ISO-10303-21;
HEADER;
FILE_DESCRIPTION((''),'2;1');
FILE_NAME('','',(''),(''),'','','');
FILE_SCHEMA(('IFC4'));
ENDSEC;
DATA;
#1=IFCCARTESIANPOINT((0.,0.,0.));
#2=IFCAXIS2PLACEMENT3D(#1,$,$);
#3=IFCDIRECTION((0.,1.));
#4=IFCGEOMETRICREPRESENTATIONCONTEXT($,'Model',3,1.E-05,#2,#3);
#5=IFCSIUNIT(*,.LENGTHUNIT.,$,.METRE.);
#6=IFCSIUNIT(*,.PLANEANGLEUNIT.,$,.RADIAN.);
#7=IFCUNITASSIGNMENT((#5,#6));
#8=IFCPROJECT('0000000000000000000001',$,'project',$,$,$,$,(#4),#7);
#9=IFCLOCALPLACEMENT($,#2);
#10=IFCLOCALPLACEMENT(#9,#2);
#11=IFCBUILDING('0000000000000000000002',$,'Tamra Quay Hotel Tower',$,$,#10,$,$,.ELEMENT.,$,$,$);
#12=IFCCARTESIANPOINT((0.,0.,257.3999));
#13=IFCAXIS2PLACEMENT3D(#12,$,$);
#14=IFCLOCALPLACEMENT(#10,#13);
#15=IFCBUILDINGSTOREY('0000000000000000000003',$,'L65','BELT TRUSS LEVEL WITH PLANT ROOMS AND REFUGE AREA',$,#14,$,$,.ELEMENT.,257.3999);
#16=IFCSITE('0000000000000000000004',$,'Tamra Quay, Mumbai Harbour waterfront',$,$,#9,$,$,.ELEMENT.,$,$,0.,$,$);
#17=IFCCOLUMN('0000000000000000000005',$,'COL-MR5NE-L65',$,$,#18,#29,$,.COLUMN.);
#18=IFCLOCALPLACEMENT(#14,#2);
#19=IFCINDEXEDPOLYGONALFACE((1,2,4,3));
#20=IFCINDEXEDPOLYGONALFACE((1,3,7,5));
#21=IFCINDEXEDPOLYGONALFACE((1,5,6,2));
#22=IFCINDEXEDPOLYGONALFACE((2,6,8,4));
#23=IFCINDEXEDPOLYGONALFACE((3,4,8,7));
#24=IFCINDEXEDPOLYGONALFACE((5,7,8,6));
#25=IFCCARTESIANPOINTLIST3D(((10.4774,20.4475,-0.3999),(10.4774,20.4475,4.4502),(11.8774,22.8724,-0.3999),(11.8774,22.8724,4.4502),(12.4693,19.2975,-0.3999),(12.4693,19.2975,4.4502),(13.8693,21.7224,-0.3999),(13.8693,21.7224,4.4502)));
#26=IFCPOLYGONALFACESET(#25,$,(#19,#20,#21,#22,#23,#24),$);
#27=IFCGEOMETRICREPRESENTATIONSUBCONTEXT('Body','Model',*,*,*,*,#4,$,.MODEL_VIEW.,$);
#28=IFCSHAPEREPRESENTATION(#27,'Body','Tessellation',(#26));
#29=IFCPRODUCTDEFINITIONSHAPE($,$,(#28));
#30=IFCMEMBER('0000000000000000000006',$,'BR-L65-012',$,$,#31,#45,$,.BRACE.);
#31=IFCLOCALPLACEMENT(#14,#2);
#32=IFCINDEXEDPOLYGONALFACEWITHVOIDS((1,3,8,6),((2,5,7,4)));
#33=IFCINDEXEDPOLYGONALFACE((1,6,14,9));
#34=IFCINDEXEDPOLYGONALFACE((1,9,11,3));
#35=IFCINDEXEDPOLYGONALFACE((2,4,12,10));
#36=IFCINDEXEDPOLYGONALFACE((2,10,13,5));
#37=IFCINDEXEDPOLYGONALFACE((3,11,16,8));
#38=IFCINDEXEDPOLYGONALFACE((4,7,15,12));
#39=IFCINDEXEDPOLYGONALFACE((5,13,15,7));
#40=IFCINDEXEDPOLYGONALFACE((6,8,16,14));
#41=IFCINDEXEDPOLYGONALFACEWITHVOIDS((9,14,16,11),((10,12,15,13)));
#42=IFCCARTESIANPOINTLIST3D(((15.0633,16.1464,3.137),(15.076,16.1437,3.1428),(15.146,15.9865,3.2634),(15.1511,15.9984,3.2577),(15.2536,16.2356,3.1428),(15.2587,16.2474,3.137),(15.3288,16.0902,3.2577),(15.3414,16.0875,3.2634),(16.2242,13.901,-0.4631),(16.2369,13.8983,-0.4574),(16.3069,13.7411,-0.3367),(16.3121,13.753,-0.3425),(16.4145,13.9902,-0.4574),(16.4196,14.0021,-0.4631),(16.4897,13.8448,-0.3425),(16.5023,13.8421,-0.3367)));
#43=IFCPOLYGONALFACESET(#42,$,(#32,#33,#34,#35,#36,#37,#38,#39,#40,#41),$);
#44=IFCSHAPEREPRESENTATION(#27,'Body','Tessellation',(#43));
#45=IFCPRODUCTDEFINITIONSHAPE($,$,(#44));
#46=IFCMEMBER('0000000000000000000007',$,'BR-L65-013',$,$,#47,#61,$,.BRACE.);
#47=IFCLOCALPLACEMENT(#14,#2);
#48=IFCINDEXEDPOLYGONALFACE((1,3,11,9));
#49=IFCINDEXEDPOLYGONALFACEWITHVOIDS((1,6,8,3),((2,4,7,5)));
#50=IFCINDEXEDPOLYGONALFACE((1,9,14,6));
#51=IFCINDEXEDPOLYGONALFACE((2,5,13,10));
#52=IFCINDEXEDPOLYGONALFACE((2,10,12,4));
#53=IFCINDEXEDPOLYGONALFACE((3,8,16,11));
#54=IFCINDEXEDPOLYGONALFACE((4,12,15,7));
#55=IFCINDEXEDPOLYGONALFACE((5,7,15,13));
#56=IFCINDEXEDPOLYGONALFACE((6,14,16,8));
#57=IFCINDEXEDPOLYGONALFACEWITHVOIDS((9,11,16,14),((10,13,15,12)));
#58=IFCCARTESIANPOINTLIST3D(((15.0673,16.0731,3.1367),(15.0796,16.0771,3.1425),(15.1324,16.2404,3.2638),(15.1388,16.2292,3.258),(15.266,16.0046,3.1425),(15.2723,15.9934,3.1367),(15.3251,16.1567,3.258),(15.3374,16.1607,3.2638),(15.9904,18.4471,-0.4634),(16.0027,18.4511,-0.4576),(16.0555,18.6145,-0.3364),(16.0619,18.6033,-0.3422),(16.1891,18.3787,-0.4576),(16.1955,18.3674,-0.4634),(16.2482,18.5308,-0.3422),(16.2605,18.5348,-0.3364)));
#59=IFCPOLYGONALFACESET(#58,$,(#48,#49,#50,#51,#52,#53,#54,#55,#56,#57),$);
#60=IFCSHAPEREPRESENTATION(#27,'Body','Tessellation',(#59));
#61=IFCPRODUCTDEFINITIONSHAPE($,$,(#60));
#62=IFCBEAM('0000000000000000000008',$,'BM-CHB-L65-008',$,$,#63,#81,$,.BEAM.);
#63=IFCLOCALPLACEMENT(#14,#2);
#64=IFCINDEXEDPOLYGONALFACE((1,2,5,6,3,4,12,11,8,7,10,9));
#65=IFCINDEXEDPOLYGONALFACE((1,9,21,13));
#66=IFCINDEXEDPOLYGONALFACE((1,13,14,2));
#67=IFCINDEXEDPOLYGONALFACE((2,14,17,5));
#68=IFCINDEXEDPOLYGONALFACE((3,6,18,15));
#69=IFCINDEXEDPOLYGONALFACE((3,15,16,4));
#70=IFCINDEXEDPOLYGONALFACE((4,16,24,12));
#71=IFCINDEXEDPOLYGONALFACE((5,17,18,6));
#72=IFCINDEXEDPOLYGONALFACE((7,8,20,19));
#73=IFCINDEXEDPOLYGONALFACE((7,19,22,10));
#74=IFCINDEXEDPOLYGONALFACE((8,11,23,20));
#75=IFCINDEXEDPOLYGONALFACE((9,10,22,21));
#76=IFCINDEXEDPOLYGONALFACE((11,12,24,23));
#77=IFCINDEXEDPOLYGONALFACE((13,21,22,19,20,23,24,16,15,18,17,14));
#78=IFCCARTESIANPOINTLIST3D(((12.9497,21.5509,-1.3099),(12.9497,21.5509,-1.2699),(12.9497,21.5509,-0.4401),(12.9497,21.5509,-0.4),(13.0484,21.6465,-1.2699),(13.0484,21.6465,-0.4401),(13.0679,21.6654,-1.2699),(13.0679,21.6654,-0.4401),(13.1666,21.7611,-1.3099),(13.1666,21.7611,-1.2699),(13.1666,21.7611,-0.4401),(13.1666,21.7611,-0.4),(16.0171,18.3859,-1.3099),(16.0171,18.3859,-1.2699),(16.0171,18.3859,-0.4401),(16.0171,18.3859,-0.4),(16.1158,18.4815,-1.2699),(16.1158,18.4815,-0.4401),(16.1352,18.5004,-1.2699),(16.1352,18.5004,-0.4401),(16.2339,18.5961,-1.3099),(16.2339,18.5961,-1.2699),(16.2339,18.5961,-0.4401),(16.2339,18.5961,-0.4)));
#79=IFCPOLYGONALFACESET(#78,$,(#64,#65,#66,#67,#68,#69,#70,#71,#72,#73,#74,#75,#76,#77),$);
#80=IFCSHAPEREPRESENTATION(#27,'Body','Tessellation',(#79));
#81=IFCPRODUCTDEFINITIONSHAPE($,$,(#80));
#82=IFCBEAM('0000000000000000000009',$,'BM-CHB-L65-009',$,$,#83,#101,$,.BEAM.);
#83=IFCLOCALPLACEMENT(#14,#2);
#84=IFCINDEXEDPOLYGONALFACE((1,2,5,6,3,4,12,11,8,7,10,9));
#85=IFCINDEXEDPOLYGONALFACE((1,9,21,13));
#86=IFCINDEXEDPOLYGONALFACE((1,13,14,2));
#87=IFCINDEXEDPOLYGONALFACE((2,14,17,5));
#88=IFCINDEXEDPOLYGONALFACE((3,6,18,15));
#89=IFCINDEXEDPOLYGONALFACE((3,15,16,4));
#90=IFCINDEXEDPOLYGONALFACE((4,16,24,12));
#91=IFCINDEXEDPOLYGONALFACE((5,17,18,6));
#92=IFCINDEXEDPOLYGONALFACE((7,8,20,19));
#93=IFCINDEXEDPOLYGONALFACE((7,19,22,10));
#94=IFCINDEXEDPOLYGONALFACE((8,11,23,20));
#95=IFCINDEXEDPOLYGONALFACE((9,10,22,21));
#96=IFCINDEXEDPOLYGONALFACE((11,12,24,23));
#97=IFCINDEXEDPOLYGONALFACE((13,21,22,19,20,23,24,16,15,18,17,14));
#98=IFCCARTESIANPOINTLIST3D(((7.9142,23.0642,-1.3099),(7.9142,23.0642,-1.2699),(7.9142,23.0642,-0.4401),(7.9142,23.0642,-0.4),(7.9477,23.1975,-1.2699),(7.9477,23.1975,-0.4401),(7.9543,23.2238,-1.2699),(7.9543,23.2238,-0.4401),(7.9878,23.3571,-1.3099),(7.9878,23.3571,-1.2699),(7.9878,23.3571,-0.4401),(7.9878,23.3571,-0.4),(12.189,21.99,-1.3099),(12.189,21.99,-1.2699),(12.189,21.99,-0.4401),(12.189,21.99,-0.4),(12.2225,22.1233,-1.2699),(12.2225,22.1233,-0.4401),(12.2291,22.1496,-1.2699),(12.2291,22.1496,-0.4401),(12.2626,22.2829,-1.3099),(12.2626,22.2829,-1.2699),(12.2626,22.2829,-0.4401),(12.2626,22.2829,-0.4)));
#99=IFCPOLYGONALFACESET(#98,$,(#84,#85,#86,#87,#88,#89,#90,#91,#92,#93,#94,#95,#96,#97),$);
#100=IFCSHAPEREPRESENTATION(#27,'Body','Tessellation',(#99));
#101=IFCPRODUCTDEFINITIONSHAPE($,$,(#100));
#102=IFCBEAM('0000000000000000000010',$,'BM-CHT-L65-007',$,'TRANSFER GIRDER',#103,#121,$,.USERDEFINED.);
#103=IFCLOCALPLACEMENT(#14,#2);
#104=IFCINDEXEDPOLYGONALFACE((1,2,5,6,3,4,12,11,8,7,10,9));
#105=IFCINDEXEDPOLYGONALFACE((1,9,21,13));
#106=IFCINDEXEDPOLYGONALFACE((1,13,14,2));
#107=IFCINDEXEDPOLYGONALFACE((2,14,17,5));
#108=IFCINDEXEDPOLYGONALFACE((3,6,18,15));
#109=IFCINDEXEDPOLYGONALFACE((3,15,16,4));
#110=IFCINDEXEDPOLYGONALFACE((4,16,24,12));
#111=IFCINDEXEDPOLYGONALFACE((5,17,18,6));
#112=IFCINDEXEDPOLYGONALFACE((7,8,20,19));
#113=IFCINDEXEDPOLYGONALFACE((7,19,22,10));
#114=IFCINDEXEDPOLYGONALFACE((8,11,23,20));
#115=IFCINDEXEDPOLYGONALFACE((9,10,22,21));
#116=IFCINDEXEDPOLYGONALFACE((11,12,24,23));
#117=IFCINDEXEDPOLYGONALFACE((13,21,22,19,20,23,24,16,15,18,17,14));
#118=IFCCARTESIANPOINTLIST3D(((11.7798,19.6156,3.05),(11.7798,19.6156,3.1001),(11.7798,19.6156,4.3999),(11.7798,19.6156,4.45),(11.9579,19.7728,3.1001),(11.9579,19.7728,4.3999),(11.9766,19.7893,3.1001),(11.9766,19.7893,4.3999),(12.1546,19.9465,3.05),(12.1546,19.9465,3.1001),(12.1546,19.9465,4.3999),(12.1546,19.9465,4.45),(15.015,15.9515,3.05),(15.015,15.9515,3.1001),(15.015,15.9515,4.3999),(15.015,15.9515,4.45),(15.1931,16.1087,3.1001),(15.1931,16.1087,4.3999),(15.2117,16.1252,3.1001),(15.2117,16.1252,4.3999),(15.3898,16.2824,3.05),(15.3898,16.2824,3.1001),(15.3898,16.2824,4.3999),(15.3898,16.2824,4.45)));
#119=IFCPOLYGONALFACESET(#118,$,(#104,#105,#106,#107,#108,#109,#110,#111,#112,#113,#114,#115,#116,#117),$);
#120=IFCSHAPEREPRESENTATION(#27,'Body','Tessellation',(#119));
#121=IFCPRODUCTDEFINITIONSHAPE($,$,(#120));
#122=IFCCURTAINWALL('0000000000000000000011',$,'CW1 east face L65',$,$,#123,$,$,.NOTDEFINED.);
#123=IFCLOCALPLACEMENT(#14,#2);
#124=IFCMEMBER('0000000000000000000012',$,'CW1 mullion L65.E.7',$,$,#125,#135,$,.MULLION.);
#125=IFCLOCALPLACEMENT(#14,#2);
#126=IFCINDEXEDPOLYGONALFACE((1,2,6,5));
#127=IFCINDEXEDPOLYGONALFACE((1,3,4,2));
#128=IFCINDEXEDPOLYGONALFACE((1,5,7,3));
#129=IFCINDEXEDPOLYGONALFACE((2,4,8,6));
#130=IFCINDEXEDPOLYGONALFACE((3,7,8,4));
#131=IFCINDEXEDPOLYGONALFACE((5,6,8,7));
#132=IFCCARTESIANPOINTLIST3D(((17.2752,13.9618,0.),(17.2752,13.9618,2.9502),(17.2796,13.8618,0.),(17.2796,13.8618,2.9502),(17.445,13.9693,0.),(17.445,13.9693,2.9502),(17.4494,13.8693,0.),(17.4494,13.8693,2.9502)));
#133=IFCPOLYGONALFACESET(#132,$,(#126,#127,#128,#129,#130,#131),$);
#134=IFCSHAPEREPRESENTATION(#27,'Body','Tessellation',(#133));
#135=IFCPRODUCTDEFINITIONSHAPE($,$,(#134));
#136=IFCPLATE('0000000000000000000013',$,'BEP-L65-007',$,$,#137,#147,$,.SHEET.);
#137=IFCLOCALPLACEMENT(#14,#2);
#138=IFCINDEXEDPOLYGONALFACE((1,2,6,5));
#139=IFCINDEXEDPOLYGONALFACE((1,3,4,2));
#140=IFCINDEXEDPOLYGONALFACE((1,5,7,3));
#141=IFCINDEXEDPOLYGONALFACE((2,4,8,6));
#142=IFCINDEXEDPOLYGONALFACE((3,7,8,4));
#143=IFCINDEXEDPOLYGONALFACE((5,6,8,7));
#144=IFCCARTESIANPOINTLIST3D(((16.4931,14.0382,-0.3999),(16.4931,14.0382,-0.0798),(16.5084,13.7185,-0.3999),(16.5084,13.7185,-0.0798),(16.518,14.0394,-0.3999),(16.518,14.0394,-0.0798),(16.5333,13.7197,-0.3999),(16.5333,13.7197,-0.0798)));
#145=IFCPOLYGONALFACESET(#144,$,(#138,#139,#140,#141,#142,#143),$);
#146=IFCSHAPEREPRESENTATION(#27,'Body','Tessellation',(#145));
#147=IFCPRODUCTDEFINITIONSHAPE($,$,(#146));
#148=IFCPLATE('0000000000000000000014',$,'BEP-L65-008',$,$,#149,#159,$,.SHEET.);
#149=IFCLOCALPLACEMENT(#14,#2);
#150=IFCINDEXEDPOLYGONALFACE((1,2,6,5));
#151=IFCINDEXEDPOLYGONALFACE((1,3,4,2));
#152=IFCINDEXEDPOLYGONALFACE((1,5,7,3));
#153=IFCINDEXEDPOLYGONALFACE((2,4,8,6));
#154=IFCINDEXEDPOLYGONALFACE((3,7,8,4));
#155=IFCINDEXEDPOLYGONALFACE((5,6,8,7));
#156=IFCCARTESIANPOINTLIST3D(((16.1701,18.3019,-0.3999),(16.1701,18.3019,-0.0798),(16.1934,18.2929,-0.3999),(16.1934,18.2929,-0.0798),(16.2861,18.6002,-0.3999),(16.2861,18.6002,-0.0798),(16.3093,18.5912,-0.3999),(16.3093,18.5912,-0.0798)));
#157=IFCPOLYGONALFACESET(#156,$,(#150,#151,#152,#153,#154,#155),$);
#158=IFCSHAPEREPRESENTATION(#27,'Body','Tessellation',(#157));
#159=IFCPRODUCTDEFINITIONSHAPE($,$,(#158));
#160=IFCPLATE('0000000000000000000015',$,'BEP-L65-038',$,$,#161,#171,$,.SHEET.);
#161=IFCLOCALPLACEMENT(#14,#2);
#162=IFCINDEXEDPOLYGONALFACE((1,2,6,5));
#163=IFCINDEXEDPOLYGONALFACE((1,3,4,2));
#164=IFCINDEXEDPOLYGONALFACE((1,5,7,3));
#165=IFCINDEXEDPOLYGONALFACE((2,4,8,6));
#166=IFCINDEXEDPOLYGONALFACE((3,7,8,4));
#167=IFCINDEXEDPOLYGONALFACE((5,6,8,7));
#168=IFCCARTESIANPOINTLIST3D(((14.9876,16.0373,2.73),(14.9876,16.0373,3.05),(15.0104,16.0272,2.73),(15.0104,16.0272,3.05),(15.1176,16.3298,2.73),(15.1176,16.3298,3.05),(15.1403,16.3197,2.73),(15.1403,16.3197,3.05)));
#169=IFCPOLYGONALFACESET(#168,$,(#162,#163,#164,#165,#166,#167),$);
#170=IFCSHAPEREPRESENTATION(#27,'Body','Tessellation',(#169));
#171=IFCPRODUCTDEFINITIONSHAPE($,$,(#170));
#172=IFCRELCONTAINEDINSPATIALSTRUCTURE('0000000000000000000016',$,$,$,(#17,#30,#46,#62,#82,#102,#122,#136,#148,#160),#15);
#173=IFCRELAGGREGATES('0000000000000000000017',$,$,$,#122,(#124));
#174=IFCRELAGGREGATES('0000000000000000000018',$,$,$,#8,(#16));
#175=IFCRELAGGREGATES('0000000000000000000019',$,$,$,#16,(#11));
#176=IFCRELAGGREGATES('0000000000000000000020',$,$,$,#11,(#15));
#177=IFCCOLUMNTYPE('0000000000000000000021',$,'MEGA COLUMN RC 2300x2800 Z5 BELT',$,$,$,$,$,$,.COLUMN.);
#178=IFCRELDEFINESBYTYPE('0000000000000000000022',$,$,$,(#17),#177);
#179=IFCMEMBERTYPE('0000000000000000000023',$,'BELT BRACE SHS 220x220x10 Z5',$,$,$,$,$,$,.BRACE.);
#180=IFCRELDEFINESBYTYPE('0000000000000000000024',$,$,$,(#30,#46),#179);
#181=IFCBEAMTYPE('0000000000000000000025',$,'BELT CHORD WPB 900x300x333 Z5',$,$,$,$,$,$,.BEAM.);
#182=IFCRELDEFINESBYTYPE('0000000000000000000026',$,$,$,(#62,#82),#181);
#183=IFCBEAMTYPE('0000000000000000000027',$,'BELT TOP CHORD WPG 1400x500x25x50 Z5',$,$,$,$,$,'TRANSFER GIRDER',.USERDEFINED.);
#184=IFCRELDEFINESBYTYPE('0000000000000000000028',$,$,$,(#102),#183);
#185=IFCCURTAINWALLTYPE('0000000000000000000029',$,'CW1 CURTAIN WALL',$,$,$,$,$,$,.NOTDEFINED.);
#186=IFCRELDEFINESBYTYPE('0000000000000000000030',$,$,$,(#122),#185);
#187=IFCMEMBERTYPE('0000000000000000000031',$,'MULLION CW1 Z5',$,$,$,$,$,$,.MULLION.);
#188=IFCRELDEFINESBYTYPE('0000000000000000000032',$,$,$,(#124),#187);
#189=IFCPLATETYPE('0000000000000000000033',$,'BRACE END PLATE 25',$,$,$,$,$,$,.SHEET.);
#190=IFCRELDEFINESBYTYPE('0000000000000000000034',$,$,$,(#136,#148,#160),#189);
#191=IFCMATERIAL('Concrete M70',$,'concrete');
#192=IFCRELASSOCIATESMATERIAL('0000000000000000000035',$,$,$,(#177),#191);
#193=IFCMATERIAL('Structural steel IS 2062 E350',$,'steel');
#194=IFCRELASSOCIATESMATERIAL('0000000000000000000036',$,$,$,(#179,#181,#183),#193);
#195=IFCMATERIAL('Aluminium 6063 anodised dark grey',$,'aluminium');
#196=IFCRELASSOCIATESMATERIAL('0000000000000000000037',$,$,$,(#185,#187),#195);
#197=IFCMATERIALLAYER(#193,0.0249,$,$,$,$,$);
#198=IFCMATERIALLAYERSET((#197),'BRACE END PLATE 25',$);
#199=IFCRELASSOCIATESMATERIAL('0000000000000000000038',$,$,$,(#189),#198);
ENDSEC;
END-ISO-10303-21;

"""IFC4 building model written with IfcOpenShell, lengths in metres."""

from ifc_helpers import new_model, si_unit, direction, frame, origin, origin_2d, place, context, subcontext, project, spatial, rectangle, hollow_rectangle, i_section, extrude, material, layer, layer_set, material_profile, profile_set, type_object, element, aggregate, save


model = new_model("IFC4")

# Units and contexts
model_context = context("Model", 3, precision=1e-05, world=origin(), true_north=direction((0.0, 1.0)))
body_context = subcontext(model_context, "Body", "Model", "MODEL_VIEW")
ifc_project = project(units=[si_unit("LENGTHUNIT", "METRE"), si_unit("PLANEANGLEUNIT", "RADIAN")], contexts=[model_context])

# Site, building, storey
site_placement = place(None, origin())
site = spatial("IfcSite", under=ifc_project, at=site_placement, Name="Tamra Quay, Mumbai Harbour waterfront", CompositionType="ELEMENT", RefElevation=0.0)
building_placement = place(site_placement, origin())
building = spatial("IfcBuilding", under=site, at=building_placement, Name="Tamra Quay Hotel Tower", CompositionType="ELEMENT")
storey_placement = place(building_placement, frame((0.0, 0.0, 257.3999)))
storey = spatial("IfcBuildingStorey", under=building, at=storey_placement, Name="L65", Description="BELT TRUSS LEVEL WITH PLANT ROOMS AND REFUGE AREA", CompositionType="ELEMENT", Elevation=257.3999)

# Column
ifc_material_1 = material(Name="Concrete M70", Category="concrete")
ifc_material_profile_1 = material_profile(ifc_material_1, rectangle(XDim=2.8, YDim=2.3, at=origin_2d()), Name="MEGA COLUMN RC 2300x2800 Z5 BELT")
ifc_profile_set_1 = profile_set([ifc_material_profile_1], Name="Concrete M70")
column_type = type_object("IfcColumnType", Name="MEGA COLUMN RC 2300x2800 Z5 BELT", PredefinedType="COLUMN", material=ifc_profile_set_1)
column_placement = place(storey_placement, frame((12.1733, 21.085, -0.3999), z_axis=(0.0, 0.0, 1.0), x_axis=(0.5, 0.866025, 0.0)))
element("IfcColumn", 1, at=column_placement, inside=storey, type_object=column_type, Name="COL-MR5NE-L65", PredefinedType="COLUMN", context=body_context, shape_type="SweptSolid", body=[
    extrude(rectangle(XDim=2.8, YDim=2.3, at=origin_2d()), origin(), (0.0, 0.0, 1.0), 4.8501),
])

# Members
ifc_material_2 = material(Name="Structural steel IS 2062 E350", Category="steel")
ifc_material_profile_2 = material_profile(ifc_material_2, hollow_rectangle(XDim=0.22, YDim=0.22, WallThickness=0.01, at=origin_2d()), Name="SHS 220x220x10")
ifc_profile_set_2 = profile_set([ifc_material_profile_2], Name="Structural steel IS 2062 E350")
member_type_1 = type_object("IfcMemberType", Name="BELT BRACE SHS 220x220x10 Z5", PredefinedType="BRACE", material=ifc_profile_set_2)
member_1_placement = place(storey_placement, frame((16.3633, 13.8716, -0.3999), z_axis=(-0.263906, 0.510441, 0.818415), x_axis=(-0.888299, -0.459265, 0.0)))
element("IfcMember", 2, at=member_1_placement, inside=storey, type_object=member_type_1, Name="BR-L65-012", PredefinedType="BRACE", context=body_context, shape_type="SweptSolid", body=[
    extrude(hollow_rectangle(XDim=0.22, YDim=0.22, WallThickness=0.01, at=origin_2d()), origin(), (0.0, 0.0, 1.0), 4.3989),
])
member_2_placement = place(storey_placement, frame((16.1255, 18.491, -0.3999), z_axis=(-0.209315, -0.538318, 0.816334), x_axis=(0.932023, -0.3624, 0.0)))
element("IfcMember", 3, at=member_2_placement, inside=storey, type_object=member_type_1, Name="BR-L65-013", PredefinedType="BRACE", context=body_context, shape_type="SweptSolid", body=[
    extrude(hollow_rectangle(XDim=0.22, YDim=0.22, WallThickness=0.01, at=origin_2d()), origin(), (0.0, 0.0, 1.0), 4.4102),
])

# Beams
ifc_material_profile_3 = material_profile(ifc_material_2, i_section(OverallWidth=0.302, OverallDepth=0.9099, WebThickness=0.0271, FlangeThickness=0.04, at=origin_2d()), Name="WPB 900x300x333")
ifc_profile_set_3 = profile_set([ifc_material_profile_3], Name="Structural steel IS 2062 E350")
beam_type_1 = type_object("IfcBeamType", Name="BELT CHORD WPB 900x300x333 Z5", PredefinedType="BEAM", material=ifc_profile_set_3)
beam_1_placement = place(storey_placement, frame((16.1255, 18.491, -0.855), z_axis=(-0.695942, 0.718098, 0.0), x_axis=(-0.718098, -0.695942, 0.0)))
element("IfcBeam", 4, at=beam_1_placement, inside=storey, type_object=beam_type_1, Name="BM-CHB-L65-008", PredefinedType="BEAM", context=body_context, shape_type="SweptSolid", body=[
    extrude(i_section(OverallWidth=0.302, OverallDepth=0.9099, WebThickness=0.0271, FlangeThickness=0.04, at=origin_2d()), origin(), (0.0, 0.0, 1.0), 4.4075),
])
beam_2_placement = place(storey_placement, frame((12.2258, 22.1365, -0.855), z_axis=(-0.969849, 0.243708, 0.0), x_axis=(-0.243708, -0.969849, 0.0)))
element("IfcBeam", 5, at=beam_2_placement, inside=storey, type_object=beam_type_1, Name="BM-CHB-L65-009", PredefinedType="BEAM", context=body_context, shape_type="SweptSolid", body=[
    extrude(i_section(OverallWidth=0.302, OverallDepth=0.9099, WebThickness=0.0271, FlangeThickness=0.04, at=origin_2d()), origin(), (0.0, 0.0, 1.0), 4.4077),
])
ifc_material_profile_4 = material_profile(ifc_material_2, i_section(OverallWidth=0.5, OverallDepth=1.3999, WebThickness=0.0249, FlangeThickness=0.05, at=origin_2d()), Name="WPG 1400x500x25x50")
ifc_profile_set_4 = profile_set([ifc_material_profile_4], Name="Structural steel IS 2062 E350")
beam_type_2 = type_object("IfcBeamType", Name="BELT TOP CHORD WPG 1400x500x25x50 Z5", ElementType="TRANSFER GIRDER", PredefinedType="USERDEFINED", material=ifc_profile_set_4)
beam_3_placement = place(storey_placement, frame((15.2024, 16.1169, 3.75), z_axis=(-0.661864, 0.749624, 0.0), x_axis=(-0.749624, -0.661864, 0.0)))
element("IfcBeam", 6, at=beam_3_placement, inside=storey, type_object=beam_type_2, Name="BM-CHT-L65-007", ObjectType="TRANSFER GIRDER", PredefinedType="USERDEFINED", context=body_context, shape_type="SweptSolid", body=[
    extrude(i_section(OverallWidth=0.5, OverallDepth=1.3999, WebThickness=0.0249, FlangeThickness=0.05, at=origin_2d()), origin(), (0.0, 0.0, 1.0), 4.8879),
])

# Curtain wall, member
ifc_material_3 = material(Name="Aluminium 6063 anodised dark grey", Category="aluminium")
curtain_wall_type = type_object("IfcCurtainWallType", Name="CW1 CURTAIN WALL", PredefinedType="NOTDEFINED", material=ifc_material_3)
curtain_wall_placement = place(storey_placement, origin())
curtain_wall = element("IfcCurtainWall", 7, at=curtain_wall_placement, inside=storey, type_object=curtain_wall_type, Name="CW1 east face L65", PredefinedType="NOTDEFINED")
ifc_material_profile_5 = material_profile(ifc_material_3, rectangle(XDim=0.1699, YDim=0.1001, at=origin_2d()), Name="MULLION 100X170")
ifc_profile_set_5 = profile_set([ifc_material_profile_5], Name="Aluminium 6063 anodised dark grey")
member_type_2 = type_object("IfcMemberType", Name="MULLION CW1 Z5", PredefinedType="MULLION", material=ifc_profile_set_5)
member_3_placement = place(storey_placement, frame((17.3623, 13.9155, 0.0), z_axis=(0.0, 0.0, 1.0), x_axis=(0.999028, 0.044076, 0.0)))
member_3 = element("IfcMember", 8, at=member_3_placement, type_object=member_type_2, Name="CW1 mullion L65.E.7", PredefinedType="MULLION", context=body_context, shape_type="SweptSolid", body=[
    extrude(rectangle(XDim=0.1699, YDim=0.1001, at=origin_2d()), origin(), (0.0, 0.0, 1.0), 2.9502),
])
aggregate(curtain_wall, [member_3])

# Plates
ifc_layer_1 = layer(ifc_material_2, 0.0249)
ifc_layer_set_1 = layer_set([ifc_layer_1], Name="BRACE END PLATE 25")
plate_type = type_object("IfcPlateType", Name="BRACE END PLATE 25", PredefinedType="SHEET", material=ifc_layer_set_1)
for number, where, z_axis, x_axis, name in (
    (9, (16.5132, 13.8789, -0.3999), (0.0, 0.0, 1.0), (0.998855, 0.047839, 0.0), "BEP-L65-007"),
    (10, (16.2397, 18.4465, -0.3999), (0.0, 0.0, 1.0), (-0.932034, 0.36237, 0.0), "BEP-L65-008"),
    (11, (15.064, 16.1785, 2.73), (0.0, 0.0, 1.0), (-0.913875, 0.405997, 0.0), "BEP-L65-038"),
):
    element("IfcPlate", number, at=place(storey_placement, frame(where, z_axis=z_axis, x_axis=x_axis)), inside=storey, type_object=plate_type, Name=name, PredefinedType="SHEET", context=body_context, shape_type="SweptSolid", body=[
        extrude(rectangle(XDim=0.0249, YDim=0.3201, at=origin_2d()), origin(), (0.0, 0.0, 1.0), 0.3201),
    ])

save(model, "model.ifc")
